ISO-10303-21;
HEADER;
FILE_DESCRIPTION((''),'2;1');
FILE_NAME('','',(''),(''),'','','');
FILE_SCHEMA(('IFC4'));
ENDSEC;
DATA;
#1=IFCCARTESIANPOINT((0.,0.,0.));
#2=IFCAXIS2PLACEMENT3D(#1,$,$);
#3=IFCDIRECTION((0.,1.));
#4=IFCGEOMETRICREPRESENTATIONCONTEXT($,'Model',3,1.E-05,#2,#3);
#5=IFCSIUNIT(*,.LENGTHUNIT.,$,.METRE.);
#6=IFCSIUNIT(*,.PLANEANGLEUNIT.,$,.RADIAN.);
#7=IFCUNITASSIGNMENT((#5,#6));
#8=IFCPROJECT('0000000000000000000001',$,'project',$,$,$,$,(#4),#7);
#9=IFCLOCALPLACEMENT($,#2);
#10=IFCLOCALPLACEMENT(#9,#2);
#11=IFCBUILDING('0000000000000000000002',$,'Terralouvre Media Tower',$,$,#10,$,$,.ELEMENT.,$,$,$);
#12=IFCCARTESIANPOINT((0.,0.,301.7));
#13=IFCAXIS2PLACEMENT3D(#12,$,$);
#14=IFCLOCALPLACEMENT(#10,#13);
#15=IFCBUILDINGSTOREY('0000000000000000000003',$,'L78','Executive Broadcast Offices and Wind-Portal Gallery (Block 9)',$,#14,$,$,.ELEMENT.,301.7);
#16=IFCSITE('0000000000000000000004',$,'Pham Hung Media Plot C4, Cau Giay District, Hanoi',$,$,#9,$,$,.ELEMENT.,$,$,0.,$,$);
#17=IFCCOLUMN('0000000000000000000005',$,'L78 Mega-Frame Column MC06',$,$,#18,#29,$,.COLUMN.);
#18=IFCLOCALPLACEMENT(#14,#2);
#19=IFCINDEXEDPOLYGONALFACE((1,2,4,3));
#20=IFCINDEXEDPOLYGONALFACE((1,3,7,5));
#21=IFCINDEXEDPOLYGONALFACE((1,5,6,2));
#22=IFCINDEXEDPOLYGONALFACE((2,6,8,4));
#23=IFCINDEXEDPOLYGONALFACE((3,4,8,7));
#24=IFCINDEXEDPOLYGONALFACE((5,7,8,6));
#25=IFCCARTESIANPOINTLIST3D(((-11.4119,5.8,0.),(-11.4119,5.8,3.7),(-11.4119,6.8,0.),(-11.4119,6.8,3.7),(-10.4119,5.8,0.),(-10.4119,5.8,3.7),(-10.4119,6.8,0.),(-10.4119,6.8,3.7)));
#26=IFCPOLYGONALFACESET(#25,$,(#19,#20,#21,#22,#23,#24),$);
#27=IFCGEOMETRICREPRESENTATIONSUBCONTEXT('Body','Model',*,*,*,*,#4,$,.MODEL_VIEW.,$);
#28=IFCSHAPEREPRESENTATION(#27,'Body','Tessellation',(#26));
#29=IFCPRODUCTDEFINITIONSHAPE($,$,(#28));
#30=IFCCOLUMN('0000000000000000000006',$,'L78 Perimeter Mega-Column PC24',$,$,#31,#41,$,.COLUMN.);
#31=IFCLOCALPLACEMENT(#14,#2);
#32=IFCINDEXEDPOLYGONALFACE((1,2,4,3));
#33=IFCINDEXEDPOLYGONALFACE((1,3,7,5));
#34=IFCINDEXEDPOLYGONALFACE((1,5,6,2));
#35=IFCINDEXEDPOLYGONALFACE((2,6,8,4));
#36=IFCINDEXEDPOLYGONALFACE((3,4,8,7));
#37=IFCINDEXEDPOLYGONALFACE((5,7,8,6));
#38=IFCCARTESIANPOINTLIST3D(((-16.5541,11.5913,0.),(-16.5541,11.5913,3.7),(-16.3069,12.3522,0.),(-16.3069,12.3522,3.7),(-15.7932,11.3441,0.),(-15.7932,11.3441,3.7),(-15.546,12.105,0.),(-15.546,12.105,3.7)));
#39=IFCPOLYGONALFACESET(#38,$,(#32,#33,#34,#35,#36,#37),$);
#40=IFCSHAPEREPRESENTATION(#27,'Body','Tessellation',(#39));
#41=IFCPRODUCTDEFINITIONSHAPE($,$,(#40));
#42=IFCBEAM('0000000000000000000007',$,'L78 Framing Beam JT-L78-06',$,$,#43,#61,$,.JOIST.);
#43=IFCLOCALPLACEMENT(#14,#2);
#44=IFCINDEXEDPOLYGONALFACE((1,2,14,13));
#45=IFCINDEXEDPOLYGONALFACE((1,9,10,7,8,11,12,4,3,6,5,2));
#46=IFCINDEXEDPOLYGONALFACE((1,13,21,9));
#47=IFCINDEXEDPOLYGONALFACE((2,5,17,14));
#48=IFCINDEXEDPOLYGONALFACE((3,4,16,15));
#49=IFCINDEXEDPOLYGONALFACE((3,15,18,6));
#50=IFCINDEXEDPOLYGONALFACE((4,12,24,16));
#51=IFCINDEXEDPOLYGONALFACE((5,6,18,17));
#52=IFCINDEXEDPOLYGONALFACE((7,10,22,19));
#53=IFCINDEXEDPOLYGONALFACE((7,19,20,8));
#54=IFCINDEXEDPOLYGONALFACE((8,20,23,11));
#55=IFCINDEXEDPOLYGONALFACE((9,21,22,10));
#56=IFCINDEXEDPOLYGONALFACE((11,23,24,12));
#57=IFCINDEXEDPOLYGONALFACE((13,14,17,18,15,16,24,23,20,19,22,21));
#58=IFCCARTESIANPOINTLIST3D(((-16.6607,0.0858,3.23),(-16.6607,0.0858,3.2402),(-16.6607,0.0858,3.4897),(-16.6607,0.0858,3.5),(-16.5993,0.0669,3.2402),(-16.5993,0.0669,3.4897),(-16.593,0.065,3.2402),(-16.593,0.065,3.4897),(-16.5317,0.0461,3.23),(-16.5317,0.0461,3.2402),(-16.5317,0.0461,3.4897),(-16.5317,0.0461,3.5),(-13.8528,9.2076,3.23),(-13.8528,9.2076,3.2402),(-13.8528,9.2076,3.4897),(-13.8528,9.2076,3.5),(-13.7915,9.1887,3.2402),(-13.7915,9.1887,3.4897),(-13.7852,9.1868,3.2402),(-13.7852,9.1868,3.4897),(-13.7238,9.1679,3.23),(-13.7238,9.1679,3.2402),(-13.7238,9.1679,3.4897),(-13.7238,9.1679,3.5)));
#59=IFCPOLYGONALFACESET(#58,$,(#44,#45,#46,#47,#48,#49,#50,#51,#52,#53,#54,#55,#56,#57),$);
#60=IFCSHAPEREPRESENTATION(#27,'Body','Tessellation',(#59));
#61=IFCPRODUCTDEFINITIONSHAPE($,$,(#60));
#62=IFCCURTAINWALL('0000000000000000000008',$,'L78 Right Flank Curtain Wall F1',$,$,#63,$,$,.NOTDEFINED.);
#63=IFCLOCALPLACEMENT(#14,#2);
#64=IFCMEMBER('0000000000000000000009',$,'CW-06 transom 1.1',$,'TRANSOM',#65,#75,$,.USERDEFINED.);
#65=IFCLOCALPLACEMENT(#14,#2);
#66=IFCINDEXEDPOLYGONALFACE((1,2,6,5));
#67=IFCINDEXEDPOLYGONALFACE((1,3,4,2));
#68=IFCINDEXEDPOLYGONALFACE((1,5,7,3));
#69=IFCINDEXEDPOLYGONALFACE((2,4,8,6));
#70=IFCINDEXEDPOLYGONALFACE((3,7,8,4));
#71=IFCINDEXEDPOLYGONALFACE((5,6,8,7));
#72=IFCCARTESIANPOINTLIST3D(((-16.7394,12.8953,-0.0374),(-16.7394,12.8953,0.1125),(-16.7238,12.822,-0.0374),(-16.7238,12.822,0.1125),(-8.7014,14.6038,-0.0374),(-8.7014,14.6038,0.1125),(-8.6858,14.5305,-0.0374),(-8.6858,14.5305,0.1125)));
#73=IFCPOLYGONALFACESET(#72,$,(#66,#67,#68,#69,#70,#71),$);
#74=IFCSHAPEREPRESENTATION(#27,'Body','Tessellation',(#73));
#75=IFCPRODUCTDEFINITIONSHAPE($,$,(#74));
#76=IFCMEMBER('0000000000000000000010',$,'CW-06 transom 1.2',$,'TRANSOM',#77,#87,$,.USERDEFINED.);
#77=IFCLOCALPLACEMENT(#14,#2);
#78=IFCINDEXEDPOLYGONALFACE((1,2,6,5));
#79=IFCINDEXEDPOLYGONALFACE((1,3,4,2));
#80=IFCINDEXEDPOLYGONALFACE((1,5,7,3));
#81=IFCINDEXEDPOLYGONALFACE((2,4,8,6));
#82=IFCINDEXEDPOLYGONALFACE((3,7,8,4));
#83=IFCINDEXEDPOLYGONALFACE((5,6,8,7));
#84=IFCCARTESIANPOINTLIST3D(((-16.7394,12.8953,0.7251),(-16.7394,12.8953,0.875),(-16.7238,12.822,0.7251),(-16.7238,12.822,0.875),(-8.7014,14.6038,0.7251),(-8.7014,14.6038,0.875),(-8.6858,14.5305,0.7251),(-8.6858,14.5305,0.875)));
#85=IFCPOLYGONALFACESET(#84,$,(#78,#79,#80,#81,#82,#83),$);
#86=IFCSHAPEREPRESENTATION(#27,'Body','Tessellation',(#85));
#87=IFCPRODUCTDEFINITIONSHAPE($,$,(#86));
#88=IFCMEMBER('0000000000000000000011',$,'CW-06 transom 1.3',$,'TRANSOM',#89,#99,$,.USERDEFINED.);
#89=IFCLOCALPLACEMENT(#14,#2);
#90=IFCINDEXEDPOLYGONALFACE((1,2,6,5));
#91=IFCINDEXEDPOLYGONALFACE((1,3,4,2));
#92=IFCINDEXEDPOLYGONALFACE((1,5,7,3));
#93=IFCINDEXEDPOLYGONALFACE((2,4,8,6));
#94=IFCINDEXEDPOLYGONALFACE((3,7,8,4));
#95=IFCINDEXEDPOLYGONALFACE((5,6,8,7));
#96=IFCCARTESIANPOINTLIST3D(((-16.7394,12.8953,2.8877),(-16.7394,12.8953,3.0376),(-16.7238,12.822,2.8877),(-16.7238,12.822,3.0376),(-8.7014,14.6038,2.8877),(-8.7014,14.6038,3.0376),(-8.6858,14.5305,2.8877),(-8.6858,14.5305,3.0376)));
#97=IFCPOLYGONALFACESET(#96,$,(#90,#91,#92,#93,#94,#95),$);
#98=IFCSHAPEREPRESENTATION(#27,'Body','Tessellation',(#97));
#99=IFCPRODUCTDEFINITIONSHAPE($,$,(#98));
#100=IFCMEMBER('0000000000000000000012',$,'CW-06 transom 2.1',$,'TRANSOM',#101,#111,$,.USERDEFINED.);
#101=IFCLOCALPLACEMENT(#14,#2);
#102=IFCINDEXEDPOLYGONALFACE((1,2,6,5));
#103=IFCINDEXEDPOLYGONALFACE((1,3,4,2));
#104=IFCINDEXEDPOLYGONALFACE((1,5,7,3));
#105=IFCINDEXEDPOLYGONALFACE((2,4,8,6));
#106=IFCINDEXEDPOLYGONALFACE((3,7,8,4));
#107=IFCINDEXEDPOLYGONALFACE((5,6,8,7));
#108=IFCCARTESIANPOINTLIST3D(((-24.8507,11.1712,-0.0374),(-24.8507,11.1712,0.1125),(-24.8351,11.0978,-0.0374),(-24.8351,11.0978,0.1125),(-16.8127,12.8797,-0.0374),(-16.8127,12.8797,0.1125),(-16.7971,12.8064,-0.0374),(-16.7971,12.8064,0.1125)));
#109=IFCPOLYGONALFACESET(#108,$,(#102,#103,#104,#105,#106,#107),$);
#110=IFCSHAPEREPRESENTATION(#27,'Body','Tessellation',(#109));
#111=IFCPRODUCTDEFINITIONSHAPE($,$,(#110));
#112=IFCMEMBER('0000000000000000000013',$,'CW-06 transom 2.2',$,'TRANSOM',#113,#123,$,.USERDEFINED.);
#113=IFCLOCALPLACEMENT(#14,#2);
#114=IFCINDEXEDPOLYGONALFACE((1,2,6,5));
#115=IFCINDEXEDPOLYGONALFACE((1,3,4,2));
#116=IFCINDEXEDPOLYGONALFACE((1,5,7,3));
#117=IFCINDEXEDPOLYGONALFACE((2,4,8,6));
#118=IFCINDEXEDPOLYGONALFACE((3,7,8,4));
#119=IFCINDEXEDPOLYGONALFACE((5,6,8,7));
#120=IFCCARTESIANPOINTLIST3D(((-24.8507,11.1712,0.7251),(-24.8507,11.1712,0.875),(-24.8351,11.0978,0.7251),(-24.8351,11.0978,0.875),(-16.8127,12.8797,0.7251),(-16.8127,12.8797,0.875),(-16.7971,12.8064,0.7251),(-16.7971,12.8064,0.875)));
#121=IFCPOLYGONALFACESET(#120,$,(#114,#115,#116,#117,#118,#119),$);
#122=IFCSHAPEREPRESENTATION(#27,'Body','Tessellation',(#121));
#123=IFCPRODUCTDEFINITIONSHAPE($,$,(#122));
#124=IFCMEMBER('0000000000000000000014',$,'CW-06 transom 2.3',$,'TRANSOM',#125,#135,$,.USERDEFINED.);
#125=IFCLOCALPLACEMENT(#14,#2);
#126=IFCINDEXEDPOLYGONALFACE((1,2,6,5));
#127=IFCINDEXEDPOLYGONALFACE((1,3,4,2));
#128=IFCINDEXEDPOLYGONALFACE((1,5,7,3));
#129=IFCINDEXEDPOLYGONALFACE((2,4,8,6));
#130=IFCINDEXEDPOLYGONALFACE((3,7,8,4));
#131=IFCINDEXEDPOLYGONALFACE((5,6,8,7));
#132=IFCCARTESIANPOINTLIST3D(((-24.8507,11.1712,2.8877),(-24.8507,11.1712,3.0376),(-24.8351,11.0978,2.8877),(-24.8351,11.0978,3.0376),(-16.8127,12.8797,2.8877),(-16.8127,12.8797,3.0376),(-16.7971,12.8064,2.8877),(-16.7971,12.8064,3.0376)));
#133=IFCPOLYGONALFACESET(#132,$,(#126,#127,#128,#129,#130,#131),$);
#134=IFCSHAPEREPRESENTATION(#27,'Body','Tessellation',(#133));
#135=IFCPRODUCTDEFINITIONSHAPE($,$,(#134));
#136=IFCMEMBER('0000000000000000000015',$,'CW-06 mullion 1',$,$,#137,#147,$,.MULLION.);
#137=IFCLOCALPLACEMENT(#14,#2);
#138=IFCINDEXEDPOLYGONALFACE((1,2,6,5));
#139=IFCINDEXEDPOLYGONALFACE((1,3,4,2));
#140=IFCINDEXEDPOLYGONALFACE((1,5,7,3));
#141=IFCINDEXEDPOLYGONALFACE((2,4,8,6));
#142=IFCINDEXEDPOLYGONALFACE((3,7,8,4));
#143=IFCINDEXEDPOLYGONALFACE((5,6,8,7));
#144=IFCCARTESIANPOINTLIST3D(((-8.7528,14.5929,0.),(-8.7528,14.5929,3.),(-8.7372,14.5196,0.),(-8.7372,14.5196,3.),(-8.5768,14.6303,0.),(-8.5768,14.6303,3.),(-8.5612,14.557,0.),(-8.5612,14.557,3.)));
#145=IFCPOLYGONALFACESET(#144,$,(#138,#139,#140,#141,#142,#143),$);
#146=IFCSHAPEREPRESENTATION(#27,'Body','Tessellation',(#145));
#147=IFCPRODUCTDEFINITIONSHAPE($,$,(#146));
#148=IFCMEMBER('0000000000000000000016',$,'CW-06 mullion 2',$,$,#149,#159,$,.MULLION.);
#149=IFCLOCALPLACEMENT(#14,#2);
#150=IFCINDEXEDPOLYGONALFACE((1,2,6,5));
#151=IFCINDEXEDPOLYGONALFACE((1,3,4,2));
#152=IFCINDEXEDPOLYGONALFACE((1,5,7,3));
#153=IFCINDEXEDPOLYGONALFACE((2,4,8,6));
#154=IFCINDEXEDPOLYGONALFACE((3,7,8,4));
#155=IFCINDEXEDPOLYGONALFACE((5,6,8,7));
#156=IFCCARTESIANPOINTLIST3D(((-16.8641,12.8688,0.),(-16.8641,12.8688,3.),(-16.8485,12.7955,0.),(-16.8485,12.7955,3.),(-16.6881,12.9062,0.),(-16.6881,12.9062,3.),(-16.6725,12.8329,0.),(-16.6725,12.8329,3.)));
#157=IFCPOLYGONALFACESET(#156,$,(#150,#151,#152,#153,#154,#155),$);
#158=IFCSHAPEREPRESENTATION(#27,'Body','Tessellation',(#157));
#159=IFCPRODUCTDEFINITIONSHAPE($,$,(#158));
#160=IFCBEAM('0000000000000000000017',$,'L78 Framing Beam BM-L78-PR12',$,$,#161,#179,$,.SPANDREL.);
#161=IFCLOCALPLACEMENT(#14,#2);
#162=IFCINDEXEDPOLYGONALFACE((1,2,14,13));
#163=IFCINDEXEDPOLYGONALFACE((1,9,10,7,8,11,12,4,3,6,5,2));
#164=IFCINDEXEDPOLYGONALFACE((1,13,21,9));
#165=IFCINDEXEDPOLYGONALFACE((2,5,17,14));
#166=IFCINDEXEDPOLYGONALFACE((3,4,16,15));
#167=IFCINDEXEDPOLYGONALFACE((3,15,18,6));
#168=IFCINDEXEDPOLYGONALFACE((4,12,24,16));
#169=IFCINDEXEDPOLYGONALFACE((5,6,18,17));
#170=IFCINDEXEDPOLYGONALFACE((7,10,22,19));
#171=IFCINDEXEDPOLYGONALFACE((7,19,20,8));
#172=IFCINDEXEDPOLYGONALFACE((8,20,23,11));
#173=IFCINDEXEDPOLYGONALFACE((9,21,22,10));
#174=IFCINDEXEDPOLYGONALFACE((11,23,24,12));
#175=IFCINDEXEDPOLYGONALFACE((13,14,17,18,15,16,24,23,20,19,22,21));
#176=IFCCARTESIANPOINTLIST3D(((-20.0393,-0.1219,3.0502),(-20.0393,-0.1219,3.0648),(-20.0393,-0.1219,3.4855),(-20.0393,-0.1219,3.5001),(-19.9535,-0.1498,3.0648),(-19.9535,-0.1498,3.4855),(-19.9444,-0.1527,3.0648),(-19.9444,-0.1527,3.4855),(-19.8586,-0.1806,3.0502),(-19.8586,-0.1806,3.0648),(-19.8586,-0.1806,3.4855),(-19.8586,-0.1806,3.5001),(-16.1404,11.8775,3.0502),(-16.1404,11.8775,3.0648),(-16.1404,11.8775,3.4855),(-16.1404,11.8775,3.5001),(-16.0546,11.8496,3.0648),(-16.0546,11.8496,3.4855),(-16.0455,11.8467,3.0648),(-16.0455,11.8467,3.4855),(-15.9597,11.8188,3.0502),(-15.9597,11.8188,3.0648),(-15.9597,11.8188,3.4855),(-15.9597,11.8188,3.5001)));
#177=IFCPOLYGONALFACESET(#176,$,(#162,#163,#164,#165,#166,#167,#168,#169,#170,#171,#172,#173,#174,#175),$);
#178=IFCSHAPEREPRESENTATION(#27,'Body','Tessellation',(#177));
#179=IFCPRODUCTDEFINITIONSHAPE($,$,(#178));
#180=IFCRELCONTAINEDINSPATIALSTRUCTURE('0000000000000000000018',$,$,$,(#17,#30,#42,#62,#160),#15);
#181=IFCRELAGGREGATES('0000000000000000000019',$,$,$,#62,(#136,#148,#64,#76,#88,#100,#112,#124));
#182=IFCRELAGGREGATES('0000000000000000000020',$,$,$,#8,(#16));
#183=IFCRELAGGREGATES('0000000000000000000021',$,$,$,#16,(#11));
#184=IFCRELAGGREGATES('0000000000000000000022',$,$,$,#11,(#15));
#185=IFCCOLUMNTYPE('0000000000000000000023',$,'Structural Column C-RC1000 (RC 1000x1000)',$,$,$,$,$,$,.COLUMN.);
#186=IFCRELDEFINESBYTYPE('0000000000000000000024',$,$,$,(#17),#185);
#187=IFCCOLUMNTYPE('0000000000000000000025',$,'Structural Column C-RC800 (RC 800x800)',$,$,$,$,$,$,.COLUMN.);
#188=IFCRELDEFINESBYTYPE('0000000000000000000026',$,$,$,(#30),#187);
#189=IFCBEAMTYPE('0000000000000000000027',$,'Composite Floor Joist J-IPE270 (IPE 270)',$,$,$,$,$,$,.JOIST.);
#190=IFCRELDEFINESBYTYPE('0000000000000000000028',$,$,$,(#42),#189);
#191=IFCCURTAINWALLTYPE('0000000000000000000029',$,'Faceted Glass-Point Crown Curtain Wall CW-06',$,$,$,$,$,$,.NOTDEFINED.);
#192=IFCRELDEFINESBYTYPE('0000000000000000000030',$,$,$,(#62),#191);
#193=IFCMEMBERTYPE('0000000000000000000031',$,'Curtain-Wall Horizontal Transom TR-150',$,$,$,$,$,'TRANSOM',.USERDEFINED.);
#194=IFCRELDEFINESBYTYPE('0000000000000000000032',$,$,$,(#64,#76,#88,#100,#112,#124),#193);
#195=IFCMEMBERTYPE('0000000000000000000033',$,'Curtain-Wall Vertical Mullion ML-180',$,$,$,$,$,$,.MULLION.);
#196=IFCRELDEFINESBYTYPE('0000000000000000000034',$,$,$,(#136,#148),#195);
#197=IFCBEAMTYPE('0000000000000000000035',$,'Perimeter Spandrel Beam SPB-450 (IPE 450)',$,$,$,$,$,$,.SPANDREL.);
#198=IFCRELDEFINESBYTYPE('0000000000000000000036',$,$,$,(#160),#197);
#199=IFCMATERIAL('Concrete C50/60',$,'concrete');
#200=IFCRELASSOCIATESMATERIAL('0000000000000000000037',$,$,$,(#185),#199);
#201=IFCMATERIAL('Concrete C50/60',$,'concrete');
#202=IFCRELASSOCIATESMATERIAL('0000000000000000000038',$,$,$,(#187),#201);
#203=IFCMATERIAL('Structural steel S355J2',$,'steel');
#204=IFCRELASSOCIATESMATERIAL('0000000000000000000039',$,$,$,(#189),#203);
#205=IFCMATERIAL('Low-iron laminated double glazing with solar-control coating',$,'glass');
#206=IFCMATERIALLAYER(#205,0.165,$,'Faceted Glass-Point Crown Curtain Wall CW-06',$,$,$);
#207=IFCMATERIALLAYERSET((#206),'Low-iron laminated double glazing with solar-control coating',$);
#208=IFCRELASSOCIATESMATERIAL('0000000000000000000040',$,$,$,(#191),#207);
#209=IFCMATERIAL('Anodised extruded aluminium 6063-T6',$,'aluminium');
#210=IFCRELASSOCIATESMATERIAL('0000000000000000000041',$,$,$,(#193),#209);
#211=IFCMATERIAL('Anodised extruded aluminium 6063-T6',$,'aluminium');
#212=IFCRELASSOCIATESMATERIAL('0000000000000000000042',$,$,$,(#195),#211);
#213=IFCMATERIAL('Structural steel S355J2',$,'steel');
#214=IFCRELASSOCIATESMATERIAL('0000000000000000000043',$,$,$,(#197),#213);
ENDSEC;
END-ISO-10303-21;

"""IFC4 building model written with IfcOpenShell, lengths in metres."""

from ifc_helpers import new_model, si_unit, direction, frame, origin, origin_2d, place, context, subcontext, project, spatial, rectangle, i_section, extrude, material, layer, layer_set, material_profile, profile_set, type_object, element, aggregate, save


model = new_model("IFC4")

# Units and contexts
model_context = context("Model", 3, precision=1e-05, world=origin(), true_north=direction((0.0, 1.0)))
body_context = subcontext(model_context, "Body", "Model", "MODEL_VIEW")
ifc_project = project(units=[si_unit("LENGTHUNIT", "METRE"), si_unit("PLANEANGLEUNIT", "RADIAN")], contexts=[model_context])

# Site, building, storey
site_placement = place(None, origin())
site = spatial("IfcSite", under=ifc_project, at=site_placement, Name="Pham Hung Media Plot C4, Cau Giay District, Hanoi", CompositionType="ELEMENT", RefElevation=0.0)
building_placement = place(site_placement, origin())
building = spatial("IfcBuilding", under=site, at=building_placement, Name="Terralouvre Media Tower", CompositionType="ELEMENT")
storey_placement = place(building_placement, frame((0.0, 0.0, 301.7)))
storey = spatial("IfcBuildingStorey", under=building, at=storey_placement, Name="L78", Description="Executive Broadcast Offices and Wind-Portal Gallery (Block 9)", CompositionType="ELEMENT", Elevation=301.7)

# Columns
ifc_material_1 = material(Name="Concrete C50/60", Category="concrete")
ifc_material_profile_1 = material_profile(ifc_material_1, rectangle(XDim=1.0, YDim=1.0, at=origin_2d()), Name="RC 1000x1000")
ifc_profile_set_1 = profile_set([ifc_material_profile_1], Name="Concrete C50/60")
column_type_1 = type_object("IfcColumnType", Name="Structural Column C-RC1000 (RC 1000x1000)", PredefinedType="COLUMN", material=ifc_profile_set_1)
column_1_placement = place(storey_placement, frame((-10.9119, 6.3, 0.0), z_axis=(0.0, 0.0, 1.0), x_axis=(1.0, 0.0, 0.0)))
element("IfcColumn", 1, at=column_1_placement, inside=storey, type_object=column_type_1, Name="L78 Mega-Frame Column MC06", PredefinedType="COLUMN", context=body_context, shape_type="SweptSolid", body=[
    extrude(rectangle(XDim=1.0, YDim=1.0, at=origin_2d()), origin(), (0.0, 0.0, 1.0), 3.7),
])
ifc_material_2 = material(Name="Concrete C50/60", Category="concrete")
ifc_material_profile_2 = material_profile(ifc_material_2, rectangle(XDim=0.8, YDim=0.8, at=origin_2d()), Name="RC 800x800")
ifc_profile_set_2 = profile_set([ifc_material_profile_2], Name="Concrete C50/60")
column_type_2 = type_object("IfcColumnType", Name="Structural Column C-RC800 (RC 800x800)", PredefinedType="COLUMN", material=ifc_profile_set_2)
column_2_placement = place(storey_placement, frame((-16.05, 11.8481, 0.0), z_axis=(0.0, 0.0, 1.0), x_axis=(0.309017, 0.951057, 0.0)))
element("IfcColumn", 2, at=column_2_placement, inside=storey, type_object=column_type_2, Name="L78 Perimeter Mega-Column PC24", PredefinedType="COLUMN", context=body_context, shape_type="SweptSolid", body=[
    extrude(rectangle(XDim=0.8, YDim=0.8, at=origin_2d()), origin(), (0.0, 0.0, 1.0), 3.7),
])

# Beam
ifc_material_3 = material(Name="Structural steel S355J2", Category="steel")
ifc_material_profile_3 = material_profile(ifc_material_3, i_section(OverallWidth=0.135, OverallDepth=0.27, WebThickness=0.0066, FlangeThickness=0.0103, at=origin_2d()), Name="IPE 270")
ifc_profile_set_3 = profile_set([ifc_material_profile_3], Name="Structural steel S355J2")
beam_type_1 = type_object("IfcBeamType", Name="Composite Floor Joist J-IPE270 (IPE 270)", PredefinedType="JOIST", material=ifc_profile_set_3)
beam_1_placement = place(storey_placement, frame((-13.7883, 9.1877, 3.365), z_axis=(-0.294195, -0.955745, 0.0), x_axis=(0.955745, -0.294195, 0.0)))
element("IfcBeam", 3, at=beam_1_placement, inside=storey, type_object=beam_type_1, Name="L78 Framing Beam JT-L78-06", PredefinedType="JOIST", context=body_context, shape_type="SweptSolid", body=[
    extrude(i_section(OverallWidth=0.135, OverallDepth=0.27, WebThickness=0.0066, FlangeThickness=0.0103, at=origin_2d()), origin(), (0.0, 0.0, 1.0), 9.5442),
])

# Curtain wall, members
ifc_material_4 = material(Name="Low-iron laminated double glazing with solar-control coating", Category="glass")
ifc_layer_1 = layer(ifc_material_4, 0.165, Name="Faceted Glass-Point Crown Curtain Wall CW-06")
ifc_layer_set_1 = layer_set([ifc_layer_1], Name="Low-iron laminated double glazing with solar-control coating")
curtain_wall_type = type_object("IfcCurtainWallType", Name="Faceted Glass-Point Crown Curtain Wall CW-06", PredefinedType="NOTDEFINED", material=ifc_layer_set_1)
curtain_wall_placement = place(storey_placement, origin())
curtain_wall = element("IfcCurtainWall", 4, at=curtain_wall_placement, inside=storey, type_object=curtain_wall_type, Name="L78 Right Flank Curtain Wall F1", PredefinedType="NOTDEFINED")
ifc_material_5 = material(Name="Anodised extruded aluminium 6063-T6", Category="aluminium")
ifc_material_profile_4 = material_profile(ifc_material_5, rectangle(XDim=0.075, YDim=0.1499, at=origin_2d()), Name="ALU 75x150")
ifc_profile_set_4 = profile_set([ifc_material_profile_4], Name="Anodised extruded aluminium 6063-T6")
member_type_1 = type_object("IfcMemberType", Name="Curtain-Wall Horizontal Transom TR-150", ElementType="TRANSOM", PredefinedType="USERDEFINED", material=ifc_profile_set_4)
member_1_placement = place(storey_placement, frame((-8.6936, 14.5671, 0.0376), z_axis=(-0.978149, -0.207906, 0.0), x_axis=(0.207906, -0.978149, 0.0)))
member_1 = element("IfcMember", 5, at=member_1_placement, type_object=member_type_1, Name="CW-06 transom 1.1", ObjectType="TRANSOM", PredefinedType="USERDEFINED", context=body_context, shape_type="SweptSolid", body=[
    extrude(rectangle(XDim=0.075, YDim=0.1499, at=origin_2d()), origin(), (0.0, 0.0, 1.0), 8.2175),
])
member_2_placement = place(storey_placement, frame((-8.6936, 14.5671, 0.8), z_axis=(-0.978149, -0.207906, 0.0), x_axis=(0.207906, -0.978149, 0.0)))
member_2 = element("IfcMember", 6, at=member_2_placement, type_object=member_type_1, Name="CW-06 transom 1.2", ObjectType="TRANSOM", PredefinedType="USERDEFINED", context=body_context, shape_type="SweptSolid", body=[
    extrude(rectangle(XDim=0.075, YDim=0.1499, at=origin_2d()), origin(), (0.0, 0.0, 1.0), 8.2175),
])
member_3_placement = place(storey_placement, frame((-8.6936, 14.5671, 2.9626), z_axis=(-0.978149, -0.207906, 0.0), x_axis=(0.207906, -0.978149, 0.0)))
member_3 = element("IfcMember", 7, at=member_3_placement, type_object=member_type_1, Name="CW-06 transom 1.3", ObjectType="TRANSOM", PredefinedType="USERDEFINED", context=body_context, shape_type="SweptSolid", body=[
    extrude(rectangle(XDim=0.075, YDim=0.1499, at=origin_2d()), origin(), (0.0, 0.0, 1.0), 8.2175),
])
member_4_placement = place(storey_placement, frame((-16.8049, 12.843, 0.0376), z_axis=(-0.978148, -0.207912, 0.0), x_axis=(0.207912, -0.978148, 0.0)))
member_4 = element("IfcMember", 8, at=member_4_placement, type_object=member_type_1, Name="CW-06 transom 2.1", ObjectType="TRANSOM", PredefinedType="USERDEFINED", context=body_context, shape_type="SweptSolid", body=[
    extrude(rectangle(XDim=0.075, YDim=0.1499, at=origin_2d()), origin(), (0.0, 0.0, 1.0), 8.2175),
])
member_5_placement = place(storey_placement, frame((-16.8049, 12.843, 0.8), z_axis=(-0.978148, -0.207912, 0.0), x_axis=(0.207912, -0.978148, 0.0)))
member_5 = element("IfcMember", 9, at=member_5_placement, type_object=member_type_1, Name="CW-06 transom 2.2", ObjectType="TRANSOM", PredefinedType="USERDEFINED", context=body_context, shape_type="SweptSolid", body=[
    extrude(rectangle(XDim=0.075, YDim=0.1499, at=origin_2d()), origin(), (0.0, 0.0, 1.0), 8.2175),
])
member_6_placement = place(storey_placement, frame((-16.8049, 12.843, 2.9626), z_axis=(-0.978148, -0.207912, 0.0), x_axis=(0.207912, -0.978148, 0.0)))
member_6 = element("IfcMember", 10, at=member_6_placement, type_object=member_type_1, Name="CW-06 transom 2.3", ObjectType="TRANSOM", PredefinedType="USERDEFINED", context=body_context, shape_type="SweptSolid", body=[
    extrude(rectangle(XDim=0.075, YDim=0.1499, at=origin_2d()), origin(), (0.0, 0.0, 1.0), 8.2175),
])
ifc_material_6 = material(Name="Anodised extruded aluminium 6063-T6", Category="aluminium")
ifc_material_profile_5 = material_profile(ifc_material_6, rectangle(XDim=0.075, YDim=0.1799, at=origin_2d()), Name="ALU 75x180")
ifc_profile_set_5 = profile_set([ifc_material_profile_5], Name="Anodised extruded aluminium 6063-T6")
member_type_2 = type_object("IfcMemberType", Name="Curtain-Wall Vertical Mullion ML-180", PredefinedType="MULLION", material=ifc_profile_set_5)
member_7_placement = place(storey_placement, frame((-8.657, 14.575, 0.0), z_axis=(0.0, 0.0, 1.0), x_axis=(0.207911, -0.978148, 0.0)))
member_7 = element("IfcMember", 11, at=member_7_placement, type_object=member_type_2, Name="CW-06 mullion 1", PredefinedType="MULLION", context=body_context, shape_type="SweptSolid", body=[
    extrude(rectangle(XDim=0.075, YDim=0.1799, at=origin_2d()), origin(), (0.0, 0.0, 1.0), 3.0),
])
member_8_placement = place(storey_placement, frame((-16.7683, 12.8508, 0.0), z_axis=(0.0, 0.0, 1.0), x_axis=(0.207911, -0.978148, 0.0)))
member_8 = element("IfcMember", 12, at=member_8_placement, type_object=member_type_2, Name="CW-06 mullion 2", PredefinedType="MULLION", context=body_context, shape_type="SweptSolid", body=[
    extrude(rectangle(XDim=0.075, YDim=0.1799, at=origin_2d()), origin(), (0.0, 0.0, 1.0), 3.0),
])

# Beam
ifc_material_7 = material(Name="Structural steel S355J2", Category="steel")
ifc_material_profile_6 = material_profile(ifc_material_7, i_section(OverallWidth=0.1899, OverallDepth=0.45, WebThickness=0.0095, FlangeThickness=0.0146, at=origin_2d()), Name="IPE 450")
ifc_profile_set_6 = profile_set([ifc_material_profile_6], Name="Structural steel S355J2")
beam_type_2 = type_object("IfcBeamType", Name="Perimeter Spandrel Beam SPB-450 (IPE 450)", PredefinedType="SPANDREL", material=ifc_profile_set_6)
beam_2_placement = place(storey_placement, frame((-16.05, 11.8481, 3.2751), z_axis=(-0.30902, -0.951055, 0.0), x_axis=(0.951055, -0.30902, 0.0)))
element("IfcBeam", 13, at=beam_2_placement, inside=storey, type_object=beam_type_2, Name="L78 Framing Beam BM-L78-PR12", PredefinedType="SPANDREL", context=body_context, shape_type="SweptSolid", body=[
    extrude(i_section(OverallWidth=0.1899, OverallDepth=0.45, WebThickness=0.0095, FlangeThickness=0.0146, at=origin_2d()), origin(), (0.0, 0.0, 1.0), 12.6169),
])

aggregate(curtain_wall, [member_7, member_8, member_1, member_2, member_3, member_4, member_5, member_6])

save(model, "model.ifc")
